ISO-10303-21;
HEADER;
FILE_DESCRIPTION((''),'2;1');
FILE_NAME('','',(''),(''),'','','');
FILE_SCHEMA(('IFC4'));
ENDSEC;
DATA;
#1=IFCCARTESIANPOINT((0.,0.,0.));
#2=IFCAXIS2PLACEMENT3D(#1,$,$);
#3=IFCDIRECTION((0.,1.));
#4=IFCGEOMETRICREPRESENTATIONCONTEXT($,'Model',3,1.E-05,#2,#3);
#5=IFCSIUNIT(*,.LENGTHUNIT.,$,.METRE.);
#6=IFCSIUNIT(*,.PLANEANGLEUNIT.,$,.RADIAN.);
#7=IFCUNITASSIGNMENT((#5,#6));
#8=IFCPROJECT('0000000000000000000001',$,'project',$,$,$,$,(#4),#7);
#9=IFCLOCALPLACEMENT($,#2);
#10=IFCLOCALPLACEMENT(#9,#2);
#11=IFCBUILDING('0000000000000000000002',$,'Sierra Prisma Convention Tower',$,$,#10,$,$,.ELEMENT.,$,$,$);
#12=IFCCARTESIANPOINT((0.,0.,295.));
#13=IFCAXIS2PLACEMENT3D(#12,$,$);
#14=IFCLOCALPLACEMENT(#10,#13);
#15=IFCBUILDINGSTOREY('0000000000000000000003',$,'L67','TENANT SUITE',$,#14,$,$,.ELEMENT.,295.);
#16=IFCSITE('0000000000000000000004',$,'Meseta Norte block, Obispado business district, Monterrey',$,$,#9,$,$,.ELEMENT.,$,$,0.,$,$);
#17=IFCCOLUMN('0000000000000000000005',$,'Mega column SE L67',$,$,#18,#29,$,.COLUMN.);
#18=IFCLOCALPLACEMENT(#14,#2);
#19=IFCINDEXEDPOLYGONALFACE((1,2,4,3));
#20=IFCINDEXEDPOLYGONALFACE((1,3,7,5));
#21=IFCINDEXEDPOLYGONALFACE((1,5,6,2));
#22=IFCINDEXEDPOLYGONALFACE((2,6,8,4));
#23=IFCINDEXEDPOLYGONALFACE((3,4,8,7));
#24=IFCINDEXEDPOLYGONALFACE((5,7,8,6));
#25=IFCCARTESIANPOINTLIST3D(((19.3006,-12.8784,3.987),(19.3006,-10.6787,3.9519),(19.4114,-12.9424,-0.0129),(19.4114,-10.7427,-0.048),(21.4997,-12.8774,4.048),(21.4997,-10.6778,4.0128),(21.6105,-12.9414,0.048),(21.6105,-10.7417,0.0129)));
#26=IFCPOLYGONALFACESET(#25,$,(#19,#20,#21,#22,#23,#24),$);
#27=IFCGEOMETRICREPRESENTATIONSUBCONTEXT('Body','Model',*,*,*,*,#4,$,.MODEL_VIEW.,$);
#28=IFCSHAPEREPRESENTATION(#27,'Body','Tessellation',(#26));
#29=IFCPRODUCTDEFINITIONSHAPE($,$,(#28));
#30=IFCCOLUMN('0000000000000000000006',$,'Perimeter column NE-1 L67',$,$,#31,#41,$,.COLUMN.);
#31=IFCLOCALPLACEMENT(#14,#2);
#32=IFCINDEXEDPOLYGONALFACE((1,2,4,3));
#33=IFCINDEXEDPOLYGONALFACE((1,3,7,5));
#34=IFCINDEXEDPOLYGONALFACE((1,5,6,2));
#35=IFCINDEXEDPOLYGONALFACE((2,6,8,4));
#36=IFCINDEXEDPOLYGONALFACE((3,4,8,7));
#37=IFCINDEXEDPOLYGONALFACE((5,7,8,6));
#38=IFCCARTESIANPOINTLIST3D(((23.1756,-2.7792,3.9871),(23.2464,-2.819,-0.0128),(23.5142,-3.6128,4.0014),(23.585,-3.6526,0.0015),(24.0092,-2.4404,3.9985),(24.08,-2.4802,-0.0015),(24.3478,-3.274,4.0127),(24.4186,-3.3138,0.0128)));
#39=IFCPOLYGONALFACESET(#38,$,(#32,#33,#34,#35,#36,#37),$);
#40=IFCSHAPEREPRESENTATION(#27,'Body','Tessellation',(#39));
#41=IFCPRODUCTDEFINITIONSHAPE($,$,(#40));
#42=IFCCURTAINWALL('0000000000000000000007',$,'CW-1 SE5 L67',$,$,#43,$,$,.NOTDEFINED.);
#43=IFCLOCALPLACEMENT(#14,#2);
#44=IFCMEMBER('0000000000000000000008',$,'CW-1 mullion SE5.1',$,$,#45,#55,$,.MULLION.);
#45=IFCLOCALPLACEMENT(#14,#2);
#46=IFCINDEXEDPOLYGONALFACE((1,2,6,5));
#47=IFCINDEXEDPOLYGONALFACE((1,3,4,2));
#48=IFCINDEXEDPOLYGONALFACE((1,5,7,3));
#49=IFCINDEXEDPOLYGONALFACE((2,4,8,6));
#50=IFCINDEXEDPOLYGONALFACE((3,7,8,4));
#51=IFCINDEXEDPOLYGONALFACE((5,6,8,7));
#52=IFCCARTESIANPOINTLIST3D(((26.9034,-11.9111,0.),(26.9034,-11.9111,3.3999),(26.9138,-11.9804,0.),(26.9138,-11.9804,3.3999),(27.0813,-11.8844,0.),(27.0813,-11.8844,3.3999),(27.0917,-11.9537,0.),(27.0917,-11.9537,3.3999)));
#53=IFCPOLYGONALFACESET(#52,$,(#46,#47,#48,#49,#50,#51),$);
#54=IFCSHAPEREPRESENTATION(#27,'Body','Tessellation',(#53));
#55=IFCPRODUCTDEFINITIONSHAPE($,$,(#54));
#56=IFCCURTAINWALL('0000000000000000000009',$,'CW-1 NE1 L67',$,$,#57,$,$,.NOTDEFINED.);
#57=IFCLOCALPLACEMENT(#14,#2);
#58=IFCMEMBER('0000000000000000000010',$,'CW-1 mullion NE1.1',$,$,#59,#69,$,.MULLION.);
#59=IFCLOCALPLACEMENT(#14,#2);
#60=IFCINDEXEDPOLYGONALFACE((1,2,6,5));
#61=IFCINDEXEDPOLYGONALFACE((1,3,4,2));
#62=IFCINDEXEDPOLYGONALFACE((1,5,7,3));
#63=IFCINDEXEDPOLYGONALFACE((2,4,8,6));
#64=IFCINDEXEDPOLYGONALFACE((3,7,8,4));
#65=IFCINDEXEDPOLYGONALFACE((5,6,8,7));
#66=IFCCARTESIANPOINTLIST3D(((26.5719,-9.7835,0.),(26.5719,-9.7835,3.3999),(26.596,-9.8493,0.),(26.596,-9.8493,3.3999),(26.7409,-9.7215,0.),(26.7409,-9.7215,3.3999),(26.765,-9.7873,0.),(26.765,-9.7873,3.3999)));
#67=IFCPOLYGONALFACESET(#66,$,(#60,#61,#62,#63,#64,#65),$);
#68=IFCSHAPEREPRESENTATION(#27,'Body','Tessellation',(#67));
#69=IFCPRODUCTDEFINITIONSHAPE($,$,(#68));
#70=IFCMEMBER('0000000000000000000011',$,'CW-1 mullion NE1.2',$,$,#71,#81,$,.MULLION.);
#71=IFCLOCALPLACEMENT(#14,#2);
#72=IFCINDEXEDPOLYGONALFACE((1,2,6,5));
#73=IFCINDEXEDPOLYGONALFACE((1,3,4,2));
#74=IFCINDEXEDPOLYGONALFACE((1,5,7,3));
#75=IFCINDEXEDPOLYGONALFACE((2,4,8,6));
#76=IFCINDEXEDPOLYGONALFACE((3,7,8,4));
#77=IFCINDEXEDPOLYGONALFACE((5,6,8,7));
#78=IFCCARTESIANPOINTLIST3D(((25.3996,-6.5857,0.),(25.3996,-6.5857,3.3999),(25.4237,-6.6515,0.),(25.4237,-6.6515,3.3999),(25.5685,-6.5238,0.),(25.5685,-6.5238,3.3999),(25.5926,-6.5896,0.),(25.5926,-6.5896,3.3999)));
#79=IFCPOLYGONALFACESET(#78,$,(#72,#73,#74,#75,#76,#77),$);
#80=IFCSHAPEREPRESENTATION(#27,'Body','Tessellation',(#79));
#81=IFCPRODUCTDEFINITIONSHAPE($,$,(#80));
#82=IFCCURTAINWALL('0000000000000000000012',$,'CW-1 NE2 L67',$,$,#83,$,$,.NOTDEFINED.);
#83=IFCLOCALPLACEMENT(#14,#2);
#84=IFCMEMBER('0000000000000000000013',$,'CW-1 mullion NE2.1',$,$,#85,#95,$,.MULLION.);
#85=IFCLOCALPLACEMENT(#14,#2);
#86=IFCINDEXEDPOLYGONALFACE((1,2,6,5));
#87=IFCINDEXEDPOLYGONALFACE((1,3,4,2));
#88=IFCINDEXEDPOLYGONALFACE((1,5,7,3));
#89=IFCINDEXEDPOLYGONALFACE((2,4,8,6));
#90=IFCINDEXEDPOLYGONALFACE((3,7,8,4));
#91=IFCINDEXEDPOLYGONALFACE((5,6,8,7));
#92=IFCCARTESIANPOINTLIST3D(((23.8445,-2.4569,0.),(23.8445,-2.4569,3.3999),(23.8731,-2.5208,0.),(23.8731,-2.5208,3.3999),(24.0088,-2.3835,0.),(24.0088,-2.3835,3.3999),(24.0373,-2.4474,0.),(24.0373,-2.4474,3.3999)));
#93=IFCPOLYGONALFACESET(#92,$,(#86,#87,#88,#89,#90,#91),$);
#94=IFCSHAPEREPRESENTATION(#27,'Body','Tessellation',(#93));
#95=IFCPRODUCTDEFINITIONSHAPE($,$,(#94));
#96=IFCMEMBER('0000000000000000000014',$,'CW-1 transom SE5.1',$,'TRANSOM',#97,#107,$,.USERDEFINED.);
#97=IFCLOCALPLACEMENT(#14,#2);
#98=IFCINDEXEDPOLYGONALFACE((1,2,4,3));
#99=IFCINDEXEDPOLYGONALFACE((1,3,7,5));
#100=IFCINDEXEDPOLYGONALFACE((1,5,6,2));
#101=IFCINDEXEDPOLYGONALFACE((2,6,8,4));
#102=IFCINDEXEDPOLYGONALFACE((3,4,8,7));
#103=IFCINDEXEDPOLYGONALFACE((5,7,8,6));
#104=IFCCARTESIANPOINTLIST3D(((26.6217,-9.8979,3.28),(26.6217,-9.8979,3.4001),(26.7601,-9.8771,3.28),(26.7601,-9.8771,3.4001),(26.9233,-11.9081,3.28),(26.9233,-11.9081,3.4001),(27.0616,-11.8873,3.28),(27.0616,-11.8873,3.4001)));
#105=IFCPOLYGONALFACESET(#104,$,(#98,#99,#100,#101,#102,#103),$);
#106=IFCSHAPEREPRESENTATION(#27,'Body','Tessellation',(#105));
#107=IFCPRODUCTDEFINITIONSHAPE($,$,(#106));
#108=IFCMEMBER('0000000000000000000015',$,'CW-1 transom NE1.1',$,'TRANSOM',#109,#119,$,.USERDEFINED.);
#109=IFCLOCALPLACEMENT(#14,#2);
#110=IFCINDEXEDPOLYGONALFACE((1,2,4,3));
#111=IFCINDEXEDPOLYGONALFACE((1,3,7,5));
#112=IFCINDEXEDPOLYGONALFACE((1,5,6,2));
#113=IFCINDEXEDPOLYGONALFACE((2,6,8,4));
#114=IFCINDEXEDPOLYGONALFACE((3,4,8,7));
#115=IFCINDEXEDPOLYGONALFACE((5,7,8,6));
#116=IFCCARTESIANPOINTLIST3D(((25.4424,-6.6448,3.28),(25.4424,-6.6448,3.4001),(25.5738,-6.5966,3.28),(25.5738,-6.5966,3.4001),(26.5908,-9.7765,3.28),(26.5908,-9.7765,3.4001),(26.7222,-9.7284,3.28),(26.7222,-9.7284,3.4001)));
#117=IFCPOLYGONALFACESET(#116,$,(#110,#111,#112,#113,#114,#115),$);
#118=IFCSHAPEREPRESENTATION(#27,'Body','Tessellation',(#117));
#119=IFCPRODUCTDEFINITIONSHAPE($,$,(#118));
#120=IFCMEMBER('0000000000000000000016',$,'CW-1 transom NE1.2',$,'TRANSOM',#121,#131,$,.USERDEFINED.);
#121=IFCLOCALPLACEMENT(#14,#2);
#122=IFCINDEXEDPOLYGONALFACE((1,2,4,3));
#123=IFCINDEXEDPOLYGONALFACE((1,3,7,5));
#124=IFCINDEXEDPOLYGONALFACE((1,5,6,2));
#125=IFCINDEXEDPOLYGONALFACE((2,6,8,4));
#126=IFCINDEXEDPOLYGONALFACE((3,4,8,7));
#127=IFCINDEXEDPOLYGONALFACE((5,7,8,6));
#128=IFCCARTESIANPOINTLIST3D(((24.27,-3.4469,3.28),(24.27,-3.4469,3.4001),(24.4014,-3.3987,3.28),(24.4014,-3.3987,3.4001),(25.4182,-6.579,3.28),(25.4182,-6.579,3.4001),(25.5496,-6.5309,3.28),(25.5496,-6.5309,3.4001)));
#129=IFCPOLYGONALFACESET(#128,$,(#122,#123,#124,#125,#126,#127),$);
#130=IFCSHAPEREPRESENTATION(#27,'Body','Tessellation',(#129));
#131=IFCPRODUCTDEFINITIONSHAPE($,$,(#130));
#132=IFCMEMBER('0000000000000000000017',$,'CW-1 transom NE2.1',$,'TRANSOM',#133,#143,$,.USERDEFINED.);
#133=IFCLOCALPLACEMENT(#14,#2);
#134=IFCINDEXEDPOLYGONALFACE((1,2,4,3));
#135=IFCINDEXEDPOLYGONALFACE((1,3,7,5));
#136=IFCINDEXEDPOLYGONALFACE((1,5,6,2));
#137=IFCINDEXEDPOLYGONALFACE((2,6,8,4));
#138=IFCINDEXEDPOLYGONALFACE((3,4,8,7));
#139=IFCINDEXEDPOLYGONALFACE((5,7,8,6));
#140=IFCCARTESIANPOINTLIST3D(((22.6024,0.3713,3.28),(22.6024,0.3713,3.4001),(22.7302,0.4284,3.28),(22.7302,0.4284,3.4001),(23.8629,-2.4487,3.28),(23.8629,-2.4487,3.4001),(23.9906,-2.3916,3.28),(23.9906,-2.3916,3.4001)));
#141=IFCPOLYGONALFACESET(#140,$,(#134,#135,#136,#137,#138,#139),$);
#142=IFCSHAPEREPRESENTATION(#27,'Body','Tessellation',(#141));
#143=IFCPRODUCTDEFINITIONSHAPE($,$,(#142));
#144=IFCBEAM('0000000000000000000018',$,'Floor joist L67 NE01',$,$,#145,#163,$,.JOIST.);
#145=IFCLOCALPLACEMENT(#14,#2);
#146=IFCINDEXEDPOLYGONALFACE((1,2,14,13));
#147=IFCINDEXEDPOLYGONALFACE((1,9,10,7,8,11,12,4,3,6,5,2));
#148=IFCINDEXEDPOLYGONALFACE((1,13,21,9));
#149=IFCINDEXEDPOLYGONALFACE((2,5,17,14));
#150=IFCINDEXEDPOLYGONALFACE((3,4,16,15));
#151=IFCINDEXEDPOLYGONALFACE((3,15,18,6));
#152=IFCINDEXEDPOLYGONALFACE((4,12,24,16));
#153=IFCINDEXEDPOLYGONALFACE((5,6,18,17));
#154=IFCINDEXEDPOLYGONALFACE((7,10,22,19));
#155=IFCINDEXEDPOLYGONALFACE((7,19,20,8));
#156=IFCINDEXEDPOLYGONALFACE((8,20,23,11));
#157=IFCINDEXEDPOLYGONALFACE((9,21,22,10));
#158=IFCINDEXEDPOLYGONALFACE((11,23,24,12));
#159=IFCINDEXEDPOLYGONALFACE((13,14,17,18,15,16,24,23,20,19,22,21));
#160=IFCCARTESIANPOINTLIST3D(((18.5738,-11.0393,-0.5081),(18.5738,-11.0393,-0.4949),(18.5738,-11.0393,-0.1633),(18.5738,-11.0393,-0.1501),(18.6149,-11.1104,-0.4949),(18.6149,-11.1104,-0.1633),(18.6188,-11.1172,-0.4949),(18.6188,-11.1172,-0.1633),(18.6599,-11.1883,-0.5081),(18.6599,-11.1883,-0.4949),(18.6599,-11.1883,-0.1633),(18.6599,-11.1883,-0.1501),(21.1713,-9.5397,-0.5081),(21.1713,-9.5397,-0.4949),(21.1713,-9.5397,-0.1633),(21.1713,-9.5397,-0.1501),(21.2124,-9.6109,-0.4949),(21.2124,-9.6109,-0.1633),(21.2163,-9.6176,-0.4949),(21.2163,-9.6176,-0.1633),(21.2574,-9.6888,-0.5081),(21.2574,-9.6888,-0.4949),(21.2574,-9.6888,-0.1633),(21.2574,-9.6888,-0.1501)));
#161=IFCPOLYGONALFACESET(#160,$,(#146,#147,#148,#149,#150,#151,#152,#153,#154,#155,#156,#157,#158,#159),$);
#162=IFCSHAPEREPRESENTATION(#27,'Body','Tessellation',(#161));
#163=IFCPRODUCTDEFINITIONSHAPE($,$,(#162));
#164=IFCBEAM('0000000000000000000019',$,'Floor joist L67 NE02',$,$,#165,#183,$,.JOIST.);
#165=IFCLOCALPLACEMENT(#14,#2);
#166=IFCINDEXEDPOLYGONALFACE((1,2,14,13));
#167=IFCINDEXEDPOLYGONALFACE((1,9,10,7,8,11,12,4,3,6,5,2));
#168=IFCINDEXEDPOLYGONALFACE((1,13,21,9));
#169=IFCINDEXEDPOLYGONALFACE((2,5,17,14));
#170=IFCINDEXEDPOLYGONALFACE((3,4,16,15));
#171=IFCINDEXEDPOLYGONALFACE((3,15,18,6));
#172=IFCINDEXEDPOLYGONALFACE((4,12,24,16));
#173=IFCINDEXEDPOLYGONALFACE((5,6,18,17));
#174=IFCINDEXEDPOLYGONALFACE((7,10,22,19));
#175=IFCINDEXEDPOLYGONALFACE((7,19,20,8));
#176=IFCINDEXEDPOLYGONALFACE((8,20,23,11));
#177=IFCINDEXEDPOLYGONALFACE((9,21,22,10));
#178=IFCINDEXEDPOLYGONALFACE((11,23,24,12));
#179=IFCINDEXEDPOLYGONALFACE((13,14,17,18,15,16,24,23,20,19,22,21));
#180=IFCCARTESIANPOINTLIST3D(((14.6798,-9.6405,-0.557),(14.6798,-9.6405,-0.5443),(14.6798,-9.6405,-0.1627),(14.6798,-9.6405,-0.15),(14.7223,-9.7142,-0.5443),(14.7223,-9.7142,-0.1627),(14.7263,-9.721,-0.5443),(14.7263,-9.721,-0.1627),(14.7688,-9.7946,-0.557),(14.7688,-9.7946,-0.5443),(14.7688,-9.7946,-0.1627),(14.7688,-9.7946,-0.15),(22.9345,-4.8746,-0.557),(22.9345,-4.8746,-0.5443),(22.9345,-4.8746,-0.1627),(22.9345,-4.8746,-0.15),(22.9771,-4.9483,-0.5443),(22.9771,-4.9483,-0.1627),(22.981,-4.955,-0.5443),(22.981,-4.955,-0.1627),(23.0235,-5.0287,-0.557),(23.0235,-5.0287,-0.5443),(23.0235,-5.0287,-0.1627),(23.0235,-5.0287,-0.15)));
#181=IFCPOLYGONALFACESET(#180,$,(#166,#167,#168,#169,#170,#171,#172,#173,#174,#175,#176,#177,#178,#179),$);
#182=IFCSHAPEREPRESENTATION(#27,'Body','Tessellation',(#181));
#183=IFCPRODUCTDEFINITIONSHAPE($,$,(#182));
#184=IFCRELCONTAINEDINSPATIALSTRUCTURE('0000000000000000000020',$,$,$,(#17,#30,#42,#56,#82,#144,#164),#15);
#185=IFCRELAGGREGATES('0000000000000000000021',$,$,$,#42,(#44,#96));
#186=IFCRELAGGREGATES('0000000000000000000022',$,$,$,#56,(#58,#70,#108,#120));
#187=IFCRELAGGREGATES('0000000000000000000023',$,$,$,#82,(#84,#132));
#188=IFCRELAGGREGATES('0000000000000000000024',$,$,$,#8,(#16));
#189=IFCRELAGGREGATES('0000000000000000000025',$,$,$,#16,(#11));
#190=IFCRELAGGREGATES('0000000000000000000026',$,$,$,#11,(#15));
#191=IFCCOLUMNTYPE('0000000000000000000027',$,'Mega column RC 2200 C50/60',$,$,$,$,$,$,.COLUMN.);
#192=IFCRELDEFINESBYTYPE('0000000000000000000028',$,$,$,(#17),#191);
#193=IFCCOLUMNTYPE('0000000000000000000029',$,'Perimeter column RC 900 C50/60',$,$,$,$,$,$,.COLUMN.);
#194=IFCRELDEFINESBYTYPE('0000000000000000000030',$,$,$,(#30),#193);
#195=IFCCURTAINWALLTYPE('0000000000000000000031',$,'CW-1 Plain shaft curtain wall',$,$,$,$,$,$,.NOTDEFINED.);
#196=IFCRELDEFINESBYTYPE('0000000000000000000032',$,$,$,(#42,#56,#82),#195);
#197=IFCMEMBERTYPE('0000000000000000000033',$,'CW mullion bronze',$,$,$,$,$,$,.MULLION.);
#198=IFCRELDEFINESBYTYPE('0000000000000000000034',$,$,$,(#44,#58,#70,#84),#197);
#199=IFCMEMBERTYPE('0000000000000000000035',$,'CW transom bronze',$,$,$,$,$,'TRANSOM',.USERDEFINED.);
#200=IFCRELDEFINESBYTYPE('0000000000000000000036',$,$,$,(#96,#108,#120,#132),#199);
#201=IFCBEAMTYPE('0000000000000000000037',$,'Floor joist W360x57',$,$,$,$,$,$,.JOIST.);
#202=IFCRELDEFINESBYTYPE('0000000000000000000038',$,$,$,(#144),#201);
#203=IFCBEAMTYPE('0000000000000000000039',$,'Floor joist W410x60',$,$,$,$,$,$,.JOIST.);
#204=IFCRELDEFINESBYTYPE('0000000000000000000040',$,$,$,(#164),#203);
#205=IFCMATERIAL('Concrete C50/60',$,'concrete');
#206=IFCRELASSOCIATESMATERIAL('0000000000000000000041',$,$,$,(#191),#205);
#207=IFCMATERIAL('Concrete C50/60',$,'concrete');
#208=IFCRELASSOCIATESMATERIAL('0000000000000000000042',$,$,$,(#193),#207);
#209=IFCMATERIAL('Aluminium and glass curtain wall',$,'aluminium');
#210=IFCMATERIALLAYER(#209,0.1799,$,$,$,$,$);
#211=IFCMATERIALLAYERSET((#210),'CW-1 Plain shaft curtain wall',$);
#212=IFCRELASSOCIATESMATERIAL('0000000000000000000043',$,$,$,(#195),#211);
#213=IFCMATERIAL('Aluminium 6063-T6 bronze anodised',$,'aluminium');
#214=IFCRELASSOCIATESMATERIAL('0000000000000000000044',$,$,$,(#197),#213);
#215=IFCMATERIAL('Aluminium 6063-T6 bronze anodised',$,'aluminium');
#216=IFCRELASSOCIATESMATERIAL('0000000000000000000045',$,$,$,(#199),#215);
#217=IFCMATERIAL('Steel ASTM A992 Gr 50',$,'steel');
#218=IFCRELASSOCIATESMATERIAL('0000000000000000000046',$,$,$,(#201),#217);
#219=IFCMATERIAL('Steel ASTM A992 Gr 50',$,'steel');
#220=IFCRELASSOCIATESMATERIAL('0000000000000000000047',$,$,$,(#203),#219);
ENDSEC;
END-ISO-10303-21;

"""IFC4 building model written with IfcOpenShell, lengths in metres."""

from ifc_helpers import new_model, si_unit, direction, frame, origin, origin_2d, place, context, subcontext, project, spatial, rectangle, i_section, extrude, material, layer, layer_set, material_profile, profile_set, type_object, element, aggregate, save


model = new_model("IFC4")

# Units and contexts
model_context = context("Model", 3, precision=1e-05, world=origin(), true_north=direction((0.0, 1.0)))
body_context = subcontext(model_context, "Body", "Model", "MODEL_VIEW")
ifc_project = project(units=[si_unit("LENGTHUNIT", "METRE"), si_unit("PLANEANGLEUNIT", "RADIAN")], contexts=[model_context])

# Site, building, storey
site_placement = place(None, origin())
site = spatial("IfcSite", under=ifc_project, at=site_placement, Name="Meseta Norte block, Obispado business district, Monterrey", CompositionType="ELEMENT", RefElevation=0.0)
building_placement = place(site_placement, origin())
building = spatial("IfcBuilding", under=site, at=building_placement, Name="Sierra Prisma Convention Tower", CompositionType="ELEMENT")
storey_placement = place(building_placement, frame((0.0, 0.0, 295.0)))
storey = spatial("IfcBuildingStorey", under=building, at=storey_placement, Name="L67", Description="TENANT SUITE", CompositionType="ELEMENT", Elevation=295.0)

# Columns
ifc_material_1 = material(Name="Concrete C50/60", Category="concrete")
ifc_material_profile_1 = material_profile(ifc_material_1, rectangle(XDim=2.2, YDim=2.2, at=origin_2d()), Name="Mega column RC 2200 C50/60")
ifc_profile_set_1 = profile_set([ifc_material_profile_1], Name="Concrete C50/60")
column_type_1 = type_object("IfcColumnType", Name="Mega column RC 2200 C50/60", PredefinedType="COLUMN", material=ifc_profile_set_1)
column_1_placement = place(storey_placement, frame((20.511, -11.842, 0.0), z_axis=(-0.027696, 0.015983, 0.999489), x_axis=(0.999616, 0.000443, 0.027692)))
element("IfcColumn", 1, at=column_1_placement, inside=storey, type_object=column_type_1, Name="Mega column SE L67", PredefinedType="COLUMN", context=body_context, shape_type="SweptSolid", body=[
    extrude(rectangle(XDim=2.2, YDim=2.2, at=origin_2d()), origin(), (0.0, 0.0, 1.0), 4.002),
])
ifc_material_2 = material(Name="Concrete C50/60", Category="concrete")
ifc_material_profile_2 = material_profile(ifc_material_2, rectangle(XDim=0.8999, YDim=0.8999, at=origin_2d()), Name="Perimeter column RC 900 C50/60")
ifc_profile_set_2 = profile_set([ifc_material_profile_2], Name="Concrete C50/60")
column_type_2 = type_object("IfcColumnType", Name="Perimeter column RC 900 C50/60", PredefinedType="COLUMN", material=ifc_profile_set_2)
column_2_placement = place(storey_placement, frame((23.8325, -3.0664, 0.0), z_axis=(-0.017697, 0.009947, 0.999794), x_axis=(-0.376296, 0.926363, -0.015877)))
element("IfcColumn", 2, at=column_2_placement, inside=storey, type_object=column_type_2, Name="Perimeter column NE-1 L67", PredefinedType="COLUMN", context=body_context, shape_type="SweptSolid", body=[
    extrude(rectangle(XDim=0.8999, YDim=0.8999, at=origin_2d()), origin(), (0.0, 0.0, 1.0), 4.0007),
])

# Curtain wall, member
ifc_material_3 = material(Name="Aluminium and glass curtain wall", Category="aluminium")
ifc_layer_1 = layer(ifc_material_3, 0.1799)
ifc_layer_set_1 = layer_set([ifc_layer_1], Name="CW-1 Plain shaft curtain wall")
curtain_wall_type = type_object("IfcCurtainWallType", Name="CW-1 Plain shaft curtain wall", PredefinedType="NOTDEFINED", material=ifc_layer_set_1)
curtain_wall_1_placement = place(storey_placement, origin())
curtain_wall_1 = element("IfcCurtainWall", 3, at=curtain_wall_1_placement, inside=storey, type_object=curtain_wall_type, Name="CW-1 SE5 L67", PredefinedType="NOTDEFINED")
ifc_material_4 = material(Name="Aluminium 6063-T6 bronze anodised", Category="aluminium")
ifc_material_profile_3 = material_profile(ifc_material_4, rectangle(XDim=0.1799, YDim=0.0701, at=origin_2d()), Name="ALU MULLION 70x180")
ifc_profile_set_3 = profile_set([ifc_material_profile_3], Name="Aluminium 6063-T6 bronze anodised")
member_type_1 = type_object("IfcMemberType", Name="CW mullion bronze", PredefinedType="MULLION", material=ifc_profile_set_3)
member_1_placement = place(storey_placement, frame((26.9976, -11.9324, 0.0), z_axis=(0.0, 0.0, 1.0), x_axis=(-0.988939, -0.148322, 0.0)))
member_1 = element("IfcMember", 4, at=member_1_placement, type_object=member_type_1, Name="CW-1 mullion SE5.1", PredefinedType="MULLION", context=body_context, shape_type="SweptSolid", body=[
    extrude(rectangle(XDim=0.1799, YDim=0.0701, at=origin_2d()), origin(), (0.0, 0.0, 1.0), 3.3999),
])

# Curtain wall, members
curtain_wall_2_placement = place(storey_placement, origin())
curtain_wall_2 = element("IfcCurtainWall", 5, at=curtain_wall_2_placement, inside=storey, type_object=curtain_wall_type, Name="CW-1 NE1 L67", PredefinedType="NOTDEFINED")
member_2_placement = place(storey_placement, frame((26.6685, -9.7854, 0.0), z_axis=(0.0, 0.0, 1.0), x_axis=(-0.938884, -0.344234, 0.0)))
member_2 = element("IfcMember", 6, at=member_2_placement, type_object=member_type_1, Name="CW-1 mullion NE1.1", PredefinedType="MULLION", context=body_context, shape_type="SweptSolid", body=[
    extrude(rectangle(XDim=0.1799, YDim=0.0701, at=origin_2d()), origin(), (0.0, 0.0, 1.0), 3.3999),
])
member_3_placement = place(storey_placement, frame((25.4961, -6.5876, 0.0), z_axis=(0.0, 0.0, 1.0), x_axis=(-0.938884, -0.344234, 0.0)))
member_3 = element("IfcMember", 7, at=member_3_placement, type_object=member_type_1, Name="CW-1 mullion NE1.2", PredefinedType="MULLION", context=body_context, shape_type="SweptSolid", body=[
    extrude(rectangle(XDim=0.1799, YDim=0.0701, at=origin_2d()), origin(), (0.0, 0.0, 1.0), 3.3999),
])

# Curtain wall, member
curtain_wall_3_placement = place(storey_placement, origin())
curtain_wall_3 = element("IfcCurtainWall", 8, at=curtain_wall_3_placement, inside=storey, type_object=curtain_wall_type, Name="CW-1 NE2 L67", PredefinedType="NOTDEFINED")
member_4_placement = place(storey_placement, frame((23.9409, -2.4521, 0.0), z_axis=(0.0, 0.0, 1.0), x_axis=(-0.912969, -0.408028, 0.0)))
member_4 = element("IfcMember", 9, at=member_4_placement, type_object=member_type_1, Name="CW-1 mullion NE2.1", PredefinedType="MULLION", context=body_context, shape_type="SweptSolid", body=[
    extrude(rectangle(XDim=0.1799, YDim=0.0701, at=origin_2d()), origin(), (0.0, 0.0, 1.0), 3.3999),
])

# Members
ifc_material_5 = material(Name="Aluminium 6063-T6 bronze anodised", Category="aluminium")
ifc_material_profile_4 = material_profile(ifc_material_5, rectangle(XDim=0.1399, YDim=0.1201, at=origin_2d()), Name="ALU TRANSOM 120x140")
ifc_profile_set_4 = profile_set([ifc_material_profile_4], Name="Aluminium 6063-T6 bronze anodised")
member_type_2 = type_object("IfcMemberType", Name="CW transom bronze", ElementType="TRANSOM", PredefinedType="USERDEFINED", material=ifc_profile_set_4)
member_5_placement = place(storey_placement, frame((26.9924, -11.8977, 3.3401), z_axis=(-0.148329, 0.988938, 0.0), x_axis=(-0.988938, -0.148329, 0.0)))
member_5 = element("IfcMember", 10, at=member_5_placement, type_object=member_type_2, Name="CW-1 transom SE5.1", ObjectType="TRANSOM", PredefinedType="USERDEFINED", context=body_context, shape_type="SweptSolid", body=[
    extrude(rectangle(XDim=0.1399, YDim=0.1201, at=origin_2d()), origin(), (0.0, 0.0, 1.0), 2.0327),
])
member_6_placement = place(storey_placement, frame((26.6565, -9.7524, 3.3401), z_axis=(-0.34428, 0.938867, 0.0), x_axis=(-0.938867, -0.34428, 0.0)))
member_6 = element("IfcMember", 11, at=member_6_placement, type_object=member_type_2, Name="CW-1 transom NE1.1", ObjectType="TRANSOM", PredefinedType="USERDEFINED", context=body_context, shape_type="SweptSolid", body=[
    extrude(rectangle(XDim=0.1399, YDim=0.1201, at=origin_2d()), origin(), (0.0, 0.0, 1.0), 3.3357),
])
member_7_placement = place(storey_placement, frame((25.4839, -6.5549, 3.3401), z_axis=(-0.344192, 0.938899, 0.0), x_axis=(-0.938899, -0.344192, 0.0)))
member_7 = element("IfcMember", 12, at=member_7_placement, type_object=member_type_2, Name="CW-1 transom NE1.2", ObjectType="TRANSOM", PredefinedType="USERDEFINED", context=body_context, shape_type="SweptSolid", body=[
    extrude(rectangle(XDim=0.1399, YDim=0.1201, at=origin_2d()), origin(), (0.0, 0.0, 1.0), 3.3359),
])
member_8_placement = place(storey_placement, frame((23.9268, -2.4202, 3.3401), z_axis=(-0.408066, 0.912952, 0.0), x_axis=(-0.912952, -0.408066, 0.0)))
member_8 = element("IfcMember", 13, at=member_8_placement, type_object=member_type_2, Name="CW-1 transom NE2.1", ObjectType="TRANSOM", PredefinedType="USERDEFINED", context=body_context, shape_type="SweptSolid", body=[
    extrude(rectangle(XDim=0.1399, YDim=0.1201, at=origin_2d()), origin(), (0.0, 0.0, 1.0), 3.0889),
])

# Beams
ifc_material_6 = material(Name="Steel ASTM A992 Gr 50", Category="steel")
ifc_material_profile_5 = material_profile(ifc_material_6, i_section(OverallWidth=0.1721, OverallDepth=0.3579, WebThickness=0.0078, FlangeThickness=0.0132, at=origin_2d()), Name="W360x57")
ifc_profile_set_5 = profile_set([ifc_material_profile_5], Name="Steel ASTM A992 Gr 50")
beam_type_1 = type_object("IfcBeamType", Name="Floor joist W360x57", PredefinedType="JOIST", material=ifc_profile_set_5)
beam_1_placement = place(storey_placement, frame((21.2144, -9.6143, -0.3291), z_axis=(-0.866041, -0.499974, 0.0), x_axis=(0.499974, -0.866041, 0.0)))
element("IfcBeam", 14, at=beam_1_placement, inside=storey, type_object=beam_type_1, Name="Floor joist L67 NE01", PredefinedType="JOIST", context=body_context, shape_type="SweptSolid", body=[
    extrude(i_section(OverallWidth=0.1721, OverallDepth=0.3579, WebThickness=0.0078, FlangeThickness=0.0132, at=origin_2d()), origin(), (0.0, 0.0, 1.0), 2.9993),
])
ifc_material_7 = material(Name="Steel ASTM A992 Gr 50", Category="steel")
ifc_material_profile_6 = material_profile(ifc_material_7, i_section(OverallWidth=0.178, OverallDepth=0.407, WebThickness=0.0078, FlangeThickness=0.0127, at=origin_2d()), Name="W410x60")
ifc_profile_set_6 = profile_set([ifc_material_profile_6], Name="Steel ASTM A992 Gr 50")
beam_type_2 = type_object("IfcBeamType", Name="Floor joist W410x60", PredefinedType="JOIST", material=ifc_profile_set_6)
beam_2_placement = place(storey_placement, frame((22.979, -4.9517, -0.3535), z_axis=(-0.866023, -0.500004, 0.0), x_axis=(0.500004, -0.866023, 0.0)))
element("IfcBeam", 15, at=beam_2_placement, inside=storey, type_object=beam_type_2, Name="Floor joist L67 NE02", PredefinedType="JOIST", context=body_context, shape_type="SweptSolid", body=[
    extrude(i_section(OverallWidth=0.178, OverallDepth=0.407, WebThickness=0.0078, FlangeThickness=0.0127, at=origin_2d()), origin(), (0.0, 0.0, 1.0), 9.5317),
])

aggregate(curtain_wall_1, [member_1, member_5])
aggregate(curtain_wall_2, [member_2, member_3, member_6, member_7])
aggregate(curtain_wall_3, [member_4, member_8])

save(model, "model.ifc")
